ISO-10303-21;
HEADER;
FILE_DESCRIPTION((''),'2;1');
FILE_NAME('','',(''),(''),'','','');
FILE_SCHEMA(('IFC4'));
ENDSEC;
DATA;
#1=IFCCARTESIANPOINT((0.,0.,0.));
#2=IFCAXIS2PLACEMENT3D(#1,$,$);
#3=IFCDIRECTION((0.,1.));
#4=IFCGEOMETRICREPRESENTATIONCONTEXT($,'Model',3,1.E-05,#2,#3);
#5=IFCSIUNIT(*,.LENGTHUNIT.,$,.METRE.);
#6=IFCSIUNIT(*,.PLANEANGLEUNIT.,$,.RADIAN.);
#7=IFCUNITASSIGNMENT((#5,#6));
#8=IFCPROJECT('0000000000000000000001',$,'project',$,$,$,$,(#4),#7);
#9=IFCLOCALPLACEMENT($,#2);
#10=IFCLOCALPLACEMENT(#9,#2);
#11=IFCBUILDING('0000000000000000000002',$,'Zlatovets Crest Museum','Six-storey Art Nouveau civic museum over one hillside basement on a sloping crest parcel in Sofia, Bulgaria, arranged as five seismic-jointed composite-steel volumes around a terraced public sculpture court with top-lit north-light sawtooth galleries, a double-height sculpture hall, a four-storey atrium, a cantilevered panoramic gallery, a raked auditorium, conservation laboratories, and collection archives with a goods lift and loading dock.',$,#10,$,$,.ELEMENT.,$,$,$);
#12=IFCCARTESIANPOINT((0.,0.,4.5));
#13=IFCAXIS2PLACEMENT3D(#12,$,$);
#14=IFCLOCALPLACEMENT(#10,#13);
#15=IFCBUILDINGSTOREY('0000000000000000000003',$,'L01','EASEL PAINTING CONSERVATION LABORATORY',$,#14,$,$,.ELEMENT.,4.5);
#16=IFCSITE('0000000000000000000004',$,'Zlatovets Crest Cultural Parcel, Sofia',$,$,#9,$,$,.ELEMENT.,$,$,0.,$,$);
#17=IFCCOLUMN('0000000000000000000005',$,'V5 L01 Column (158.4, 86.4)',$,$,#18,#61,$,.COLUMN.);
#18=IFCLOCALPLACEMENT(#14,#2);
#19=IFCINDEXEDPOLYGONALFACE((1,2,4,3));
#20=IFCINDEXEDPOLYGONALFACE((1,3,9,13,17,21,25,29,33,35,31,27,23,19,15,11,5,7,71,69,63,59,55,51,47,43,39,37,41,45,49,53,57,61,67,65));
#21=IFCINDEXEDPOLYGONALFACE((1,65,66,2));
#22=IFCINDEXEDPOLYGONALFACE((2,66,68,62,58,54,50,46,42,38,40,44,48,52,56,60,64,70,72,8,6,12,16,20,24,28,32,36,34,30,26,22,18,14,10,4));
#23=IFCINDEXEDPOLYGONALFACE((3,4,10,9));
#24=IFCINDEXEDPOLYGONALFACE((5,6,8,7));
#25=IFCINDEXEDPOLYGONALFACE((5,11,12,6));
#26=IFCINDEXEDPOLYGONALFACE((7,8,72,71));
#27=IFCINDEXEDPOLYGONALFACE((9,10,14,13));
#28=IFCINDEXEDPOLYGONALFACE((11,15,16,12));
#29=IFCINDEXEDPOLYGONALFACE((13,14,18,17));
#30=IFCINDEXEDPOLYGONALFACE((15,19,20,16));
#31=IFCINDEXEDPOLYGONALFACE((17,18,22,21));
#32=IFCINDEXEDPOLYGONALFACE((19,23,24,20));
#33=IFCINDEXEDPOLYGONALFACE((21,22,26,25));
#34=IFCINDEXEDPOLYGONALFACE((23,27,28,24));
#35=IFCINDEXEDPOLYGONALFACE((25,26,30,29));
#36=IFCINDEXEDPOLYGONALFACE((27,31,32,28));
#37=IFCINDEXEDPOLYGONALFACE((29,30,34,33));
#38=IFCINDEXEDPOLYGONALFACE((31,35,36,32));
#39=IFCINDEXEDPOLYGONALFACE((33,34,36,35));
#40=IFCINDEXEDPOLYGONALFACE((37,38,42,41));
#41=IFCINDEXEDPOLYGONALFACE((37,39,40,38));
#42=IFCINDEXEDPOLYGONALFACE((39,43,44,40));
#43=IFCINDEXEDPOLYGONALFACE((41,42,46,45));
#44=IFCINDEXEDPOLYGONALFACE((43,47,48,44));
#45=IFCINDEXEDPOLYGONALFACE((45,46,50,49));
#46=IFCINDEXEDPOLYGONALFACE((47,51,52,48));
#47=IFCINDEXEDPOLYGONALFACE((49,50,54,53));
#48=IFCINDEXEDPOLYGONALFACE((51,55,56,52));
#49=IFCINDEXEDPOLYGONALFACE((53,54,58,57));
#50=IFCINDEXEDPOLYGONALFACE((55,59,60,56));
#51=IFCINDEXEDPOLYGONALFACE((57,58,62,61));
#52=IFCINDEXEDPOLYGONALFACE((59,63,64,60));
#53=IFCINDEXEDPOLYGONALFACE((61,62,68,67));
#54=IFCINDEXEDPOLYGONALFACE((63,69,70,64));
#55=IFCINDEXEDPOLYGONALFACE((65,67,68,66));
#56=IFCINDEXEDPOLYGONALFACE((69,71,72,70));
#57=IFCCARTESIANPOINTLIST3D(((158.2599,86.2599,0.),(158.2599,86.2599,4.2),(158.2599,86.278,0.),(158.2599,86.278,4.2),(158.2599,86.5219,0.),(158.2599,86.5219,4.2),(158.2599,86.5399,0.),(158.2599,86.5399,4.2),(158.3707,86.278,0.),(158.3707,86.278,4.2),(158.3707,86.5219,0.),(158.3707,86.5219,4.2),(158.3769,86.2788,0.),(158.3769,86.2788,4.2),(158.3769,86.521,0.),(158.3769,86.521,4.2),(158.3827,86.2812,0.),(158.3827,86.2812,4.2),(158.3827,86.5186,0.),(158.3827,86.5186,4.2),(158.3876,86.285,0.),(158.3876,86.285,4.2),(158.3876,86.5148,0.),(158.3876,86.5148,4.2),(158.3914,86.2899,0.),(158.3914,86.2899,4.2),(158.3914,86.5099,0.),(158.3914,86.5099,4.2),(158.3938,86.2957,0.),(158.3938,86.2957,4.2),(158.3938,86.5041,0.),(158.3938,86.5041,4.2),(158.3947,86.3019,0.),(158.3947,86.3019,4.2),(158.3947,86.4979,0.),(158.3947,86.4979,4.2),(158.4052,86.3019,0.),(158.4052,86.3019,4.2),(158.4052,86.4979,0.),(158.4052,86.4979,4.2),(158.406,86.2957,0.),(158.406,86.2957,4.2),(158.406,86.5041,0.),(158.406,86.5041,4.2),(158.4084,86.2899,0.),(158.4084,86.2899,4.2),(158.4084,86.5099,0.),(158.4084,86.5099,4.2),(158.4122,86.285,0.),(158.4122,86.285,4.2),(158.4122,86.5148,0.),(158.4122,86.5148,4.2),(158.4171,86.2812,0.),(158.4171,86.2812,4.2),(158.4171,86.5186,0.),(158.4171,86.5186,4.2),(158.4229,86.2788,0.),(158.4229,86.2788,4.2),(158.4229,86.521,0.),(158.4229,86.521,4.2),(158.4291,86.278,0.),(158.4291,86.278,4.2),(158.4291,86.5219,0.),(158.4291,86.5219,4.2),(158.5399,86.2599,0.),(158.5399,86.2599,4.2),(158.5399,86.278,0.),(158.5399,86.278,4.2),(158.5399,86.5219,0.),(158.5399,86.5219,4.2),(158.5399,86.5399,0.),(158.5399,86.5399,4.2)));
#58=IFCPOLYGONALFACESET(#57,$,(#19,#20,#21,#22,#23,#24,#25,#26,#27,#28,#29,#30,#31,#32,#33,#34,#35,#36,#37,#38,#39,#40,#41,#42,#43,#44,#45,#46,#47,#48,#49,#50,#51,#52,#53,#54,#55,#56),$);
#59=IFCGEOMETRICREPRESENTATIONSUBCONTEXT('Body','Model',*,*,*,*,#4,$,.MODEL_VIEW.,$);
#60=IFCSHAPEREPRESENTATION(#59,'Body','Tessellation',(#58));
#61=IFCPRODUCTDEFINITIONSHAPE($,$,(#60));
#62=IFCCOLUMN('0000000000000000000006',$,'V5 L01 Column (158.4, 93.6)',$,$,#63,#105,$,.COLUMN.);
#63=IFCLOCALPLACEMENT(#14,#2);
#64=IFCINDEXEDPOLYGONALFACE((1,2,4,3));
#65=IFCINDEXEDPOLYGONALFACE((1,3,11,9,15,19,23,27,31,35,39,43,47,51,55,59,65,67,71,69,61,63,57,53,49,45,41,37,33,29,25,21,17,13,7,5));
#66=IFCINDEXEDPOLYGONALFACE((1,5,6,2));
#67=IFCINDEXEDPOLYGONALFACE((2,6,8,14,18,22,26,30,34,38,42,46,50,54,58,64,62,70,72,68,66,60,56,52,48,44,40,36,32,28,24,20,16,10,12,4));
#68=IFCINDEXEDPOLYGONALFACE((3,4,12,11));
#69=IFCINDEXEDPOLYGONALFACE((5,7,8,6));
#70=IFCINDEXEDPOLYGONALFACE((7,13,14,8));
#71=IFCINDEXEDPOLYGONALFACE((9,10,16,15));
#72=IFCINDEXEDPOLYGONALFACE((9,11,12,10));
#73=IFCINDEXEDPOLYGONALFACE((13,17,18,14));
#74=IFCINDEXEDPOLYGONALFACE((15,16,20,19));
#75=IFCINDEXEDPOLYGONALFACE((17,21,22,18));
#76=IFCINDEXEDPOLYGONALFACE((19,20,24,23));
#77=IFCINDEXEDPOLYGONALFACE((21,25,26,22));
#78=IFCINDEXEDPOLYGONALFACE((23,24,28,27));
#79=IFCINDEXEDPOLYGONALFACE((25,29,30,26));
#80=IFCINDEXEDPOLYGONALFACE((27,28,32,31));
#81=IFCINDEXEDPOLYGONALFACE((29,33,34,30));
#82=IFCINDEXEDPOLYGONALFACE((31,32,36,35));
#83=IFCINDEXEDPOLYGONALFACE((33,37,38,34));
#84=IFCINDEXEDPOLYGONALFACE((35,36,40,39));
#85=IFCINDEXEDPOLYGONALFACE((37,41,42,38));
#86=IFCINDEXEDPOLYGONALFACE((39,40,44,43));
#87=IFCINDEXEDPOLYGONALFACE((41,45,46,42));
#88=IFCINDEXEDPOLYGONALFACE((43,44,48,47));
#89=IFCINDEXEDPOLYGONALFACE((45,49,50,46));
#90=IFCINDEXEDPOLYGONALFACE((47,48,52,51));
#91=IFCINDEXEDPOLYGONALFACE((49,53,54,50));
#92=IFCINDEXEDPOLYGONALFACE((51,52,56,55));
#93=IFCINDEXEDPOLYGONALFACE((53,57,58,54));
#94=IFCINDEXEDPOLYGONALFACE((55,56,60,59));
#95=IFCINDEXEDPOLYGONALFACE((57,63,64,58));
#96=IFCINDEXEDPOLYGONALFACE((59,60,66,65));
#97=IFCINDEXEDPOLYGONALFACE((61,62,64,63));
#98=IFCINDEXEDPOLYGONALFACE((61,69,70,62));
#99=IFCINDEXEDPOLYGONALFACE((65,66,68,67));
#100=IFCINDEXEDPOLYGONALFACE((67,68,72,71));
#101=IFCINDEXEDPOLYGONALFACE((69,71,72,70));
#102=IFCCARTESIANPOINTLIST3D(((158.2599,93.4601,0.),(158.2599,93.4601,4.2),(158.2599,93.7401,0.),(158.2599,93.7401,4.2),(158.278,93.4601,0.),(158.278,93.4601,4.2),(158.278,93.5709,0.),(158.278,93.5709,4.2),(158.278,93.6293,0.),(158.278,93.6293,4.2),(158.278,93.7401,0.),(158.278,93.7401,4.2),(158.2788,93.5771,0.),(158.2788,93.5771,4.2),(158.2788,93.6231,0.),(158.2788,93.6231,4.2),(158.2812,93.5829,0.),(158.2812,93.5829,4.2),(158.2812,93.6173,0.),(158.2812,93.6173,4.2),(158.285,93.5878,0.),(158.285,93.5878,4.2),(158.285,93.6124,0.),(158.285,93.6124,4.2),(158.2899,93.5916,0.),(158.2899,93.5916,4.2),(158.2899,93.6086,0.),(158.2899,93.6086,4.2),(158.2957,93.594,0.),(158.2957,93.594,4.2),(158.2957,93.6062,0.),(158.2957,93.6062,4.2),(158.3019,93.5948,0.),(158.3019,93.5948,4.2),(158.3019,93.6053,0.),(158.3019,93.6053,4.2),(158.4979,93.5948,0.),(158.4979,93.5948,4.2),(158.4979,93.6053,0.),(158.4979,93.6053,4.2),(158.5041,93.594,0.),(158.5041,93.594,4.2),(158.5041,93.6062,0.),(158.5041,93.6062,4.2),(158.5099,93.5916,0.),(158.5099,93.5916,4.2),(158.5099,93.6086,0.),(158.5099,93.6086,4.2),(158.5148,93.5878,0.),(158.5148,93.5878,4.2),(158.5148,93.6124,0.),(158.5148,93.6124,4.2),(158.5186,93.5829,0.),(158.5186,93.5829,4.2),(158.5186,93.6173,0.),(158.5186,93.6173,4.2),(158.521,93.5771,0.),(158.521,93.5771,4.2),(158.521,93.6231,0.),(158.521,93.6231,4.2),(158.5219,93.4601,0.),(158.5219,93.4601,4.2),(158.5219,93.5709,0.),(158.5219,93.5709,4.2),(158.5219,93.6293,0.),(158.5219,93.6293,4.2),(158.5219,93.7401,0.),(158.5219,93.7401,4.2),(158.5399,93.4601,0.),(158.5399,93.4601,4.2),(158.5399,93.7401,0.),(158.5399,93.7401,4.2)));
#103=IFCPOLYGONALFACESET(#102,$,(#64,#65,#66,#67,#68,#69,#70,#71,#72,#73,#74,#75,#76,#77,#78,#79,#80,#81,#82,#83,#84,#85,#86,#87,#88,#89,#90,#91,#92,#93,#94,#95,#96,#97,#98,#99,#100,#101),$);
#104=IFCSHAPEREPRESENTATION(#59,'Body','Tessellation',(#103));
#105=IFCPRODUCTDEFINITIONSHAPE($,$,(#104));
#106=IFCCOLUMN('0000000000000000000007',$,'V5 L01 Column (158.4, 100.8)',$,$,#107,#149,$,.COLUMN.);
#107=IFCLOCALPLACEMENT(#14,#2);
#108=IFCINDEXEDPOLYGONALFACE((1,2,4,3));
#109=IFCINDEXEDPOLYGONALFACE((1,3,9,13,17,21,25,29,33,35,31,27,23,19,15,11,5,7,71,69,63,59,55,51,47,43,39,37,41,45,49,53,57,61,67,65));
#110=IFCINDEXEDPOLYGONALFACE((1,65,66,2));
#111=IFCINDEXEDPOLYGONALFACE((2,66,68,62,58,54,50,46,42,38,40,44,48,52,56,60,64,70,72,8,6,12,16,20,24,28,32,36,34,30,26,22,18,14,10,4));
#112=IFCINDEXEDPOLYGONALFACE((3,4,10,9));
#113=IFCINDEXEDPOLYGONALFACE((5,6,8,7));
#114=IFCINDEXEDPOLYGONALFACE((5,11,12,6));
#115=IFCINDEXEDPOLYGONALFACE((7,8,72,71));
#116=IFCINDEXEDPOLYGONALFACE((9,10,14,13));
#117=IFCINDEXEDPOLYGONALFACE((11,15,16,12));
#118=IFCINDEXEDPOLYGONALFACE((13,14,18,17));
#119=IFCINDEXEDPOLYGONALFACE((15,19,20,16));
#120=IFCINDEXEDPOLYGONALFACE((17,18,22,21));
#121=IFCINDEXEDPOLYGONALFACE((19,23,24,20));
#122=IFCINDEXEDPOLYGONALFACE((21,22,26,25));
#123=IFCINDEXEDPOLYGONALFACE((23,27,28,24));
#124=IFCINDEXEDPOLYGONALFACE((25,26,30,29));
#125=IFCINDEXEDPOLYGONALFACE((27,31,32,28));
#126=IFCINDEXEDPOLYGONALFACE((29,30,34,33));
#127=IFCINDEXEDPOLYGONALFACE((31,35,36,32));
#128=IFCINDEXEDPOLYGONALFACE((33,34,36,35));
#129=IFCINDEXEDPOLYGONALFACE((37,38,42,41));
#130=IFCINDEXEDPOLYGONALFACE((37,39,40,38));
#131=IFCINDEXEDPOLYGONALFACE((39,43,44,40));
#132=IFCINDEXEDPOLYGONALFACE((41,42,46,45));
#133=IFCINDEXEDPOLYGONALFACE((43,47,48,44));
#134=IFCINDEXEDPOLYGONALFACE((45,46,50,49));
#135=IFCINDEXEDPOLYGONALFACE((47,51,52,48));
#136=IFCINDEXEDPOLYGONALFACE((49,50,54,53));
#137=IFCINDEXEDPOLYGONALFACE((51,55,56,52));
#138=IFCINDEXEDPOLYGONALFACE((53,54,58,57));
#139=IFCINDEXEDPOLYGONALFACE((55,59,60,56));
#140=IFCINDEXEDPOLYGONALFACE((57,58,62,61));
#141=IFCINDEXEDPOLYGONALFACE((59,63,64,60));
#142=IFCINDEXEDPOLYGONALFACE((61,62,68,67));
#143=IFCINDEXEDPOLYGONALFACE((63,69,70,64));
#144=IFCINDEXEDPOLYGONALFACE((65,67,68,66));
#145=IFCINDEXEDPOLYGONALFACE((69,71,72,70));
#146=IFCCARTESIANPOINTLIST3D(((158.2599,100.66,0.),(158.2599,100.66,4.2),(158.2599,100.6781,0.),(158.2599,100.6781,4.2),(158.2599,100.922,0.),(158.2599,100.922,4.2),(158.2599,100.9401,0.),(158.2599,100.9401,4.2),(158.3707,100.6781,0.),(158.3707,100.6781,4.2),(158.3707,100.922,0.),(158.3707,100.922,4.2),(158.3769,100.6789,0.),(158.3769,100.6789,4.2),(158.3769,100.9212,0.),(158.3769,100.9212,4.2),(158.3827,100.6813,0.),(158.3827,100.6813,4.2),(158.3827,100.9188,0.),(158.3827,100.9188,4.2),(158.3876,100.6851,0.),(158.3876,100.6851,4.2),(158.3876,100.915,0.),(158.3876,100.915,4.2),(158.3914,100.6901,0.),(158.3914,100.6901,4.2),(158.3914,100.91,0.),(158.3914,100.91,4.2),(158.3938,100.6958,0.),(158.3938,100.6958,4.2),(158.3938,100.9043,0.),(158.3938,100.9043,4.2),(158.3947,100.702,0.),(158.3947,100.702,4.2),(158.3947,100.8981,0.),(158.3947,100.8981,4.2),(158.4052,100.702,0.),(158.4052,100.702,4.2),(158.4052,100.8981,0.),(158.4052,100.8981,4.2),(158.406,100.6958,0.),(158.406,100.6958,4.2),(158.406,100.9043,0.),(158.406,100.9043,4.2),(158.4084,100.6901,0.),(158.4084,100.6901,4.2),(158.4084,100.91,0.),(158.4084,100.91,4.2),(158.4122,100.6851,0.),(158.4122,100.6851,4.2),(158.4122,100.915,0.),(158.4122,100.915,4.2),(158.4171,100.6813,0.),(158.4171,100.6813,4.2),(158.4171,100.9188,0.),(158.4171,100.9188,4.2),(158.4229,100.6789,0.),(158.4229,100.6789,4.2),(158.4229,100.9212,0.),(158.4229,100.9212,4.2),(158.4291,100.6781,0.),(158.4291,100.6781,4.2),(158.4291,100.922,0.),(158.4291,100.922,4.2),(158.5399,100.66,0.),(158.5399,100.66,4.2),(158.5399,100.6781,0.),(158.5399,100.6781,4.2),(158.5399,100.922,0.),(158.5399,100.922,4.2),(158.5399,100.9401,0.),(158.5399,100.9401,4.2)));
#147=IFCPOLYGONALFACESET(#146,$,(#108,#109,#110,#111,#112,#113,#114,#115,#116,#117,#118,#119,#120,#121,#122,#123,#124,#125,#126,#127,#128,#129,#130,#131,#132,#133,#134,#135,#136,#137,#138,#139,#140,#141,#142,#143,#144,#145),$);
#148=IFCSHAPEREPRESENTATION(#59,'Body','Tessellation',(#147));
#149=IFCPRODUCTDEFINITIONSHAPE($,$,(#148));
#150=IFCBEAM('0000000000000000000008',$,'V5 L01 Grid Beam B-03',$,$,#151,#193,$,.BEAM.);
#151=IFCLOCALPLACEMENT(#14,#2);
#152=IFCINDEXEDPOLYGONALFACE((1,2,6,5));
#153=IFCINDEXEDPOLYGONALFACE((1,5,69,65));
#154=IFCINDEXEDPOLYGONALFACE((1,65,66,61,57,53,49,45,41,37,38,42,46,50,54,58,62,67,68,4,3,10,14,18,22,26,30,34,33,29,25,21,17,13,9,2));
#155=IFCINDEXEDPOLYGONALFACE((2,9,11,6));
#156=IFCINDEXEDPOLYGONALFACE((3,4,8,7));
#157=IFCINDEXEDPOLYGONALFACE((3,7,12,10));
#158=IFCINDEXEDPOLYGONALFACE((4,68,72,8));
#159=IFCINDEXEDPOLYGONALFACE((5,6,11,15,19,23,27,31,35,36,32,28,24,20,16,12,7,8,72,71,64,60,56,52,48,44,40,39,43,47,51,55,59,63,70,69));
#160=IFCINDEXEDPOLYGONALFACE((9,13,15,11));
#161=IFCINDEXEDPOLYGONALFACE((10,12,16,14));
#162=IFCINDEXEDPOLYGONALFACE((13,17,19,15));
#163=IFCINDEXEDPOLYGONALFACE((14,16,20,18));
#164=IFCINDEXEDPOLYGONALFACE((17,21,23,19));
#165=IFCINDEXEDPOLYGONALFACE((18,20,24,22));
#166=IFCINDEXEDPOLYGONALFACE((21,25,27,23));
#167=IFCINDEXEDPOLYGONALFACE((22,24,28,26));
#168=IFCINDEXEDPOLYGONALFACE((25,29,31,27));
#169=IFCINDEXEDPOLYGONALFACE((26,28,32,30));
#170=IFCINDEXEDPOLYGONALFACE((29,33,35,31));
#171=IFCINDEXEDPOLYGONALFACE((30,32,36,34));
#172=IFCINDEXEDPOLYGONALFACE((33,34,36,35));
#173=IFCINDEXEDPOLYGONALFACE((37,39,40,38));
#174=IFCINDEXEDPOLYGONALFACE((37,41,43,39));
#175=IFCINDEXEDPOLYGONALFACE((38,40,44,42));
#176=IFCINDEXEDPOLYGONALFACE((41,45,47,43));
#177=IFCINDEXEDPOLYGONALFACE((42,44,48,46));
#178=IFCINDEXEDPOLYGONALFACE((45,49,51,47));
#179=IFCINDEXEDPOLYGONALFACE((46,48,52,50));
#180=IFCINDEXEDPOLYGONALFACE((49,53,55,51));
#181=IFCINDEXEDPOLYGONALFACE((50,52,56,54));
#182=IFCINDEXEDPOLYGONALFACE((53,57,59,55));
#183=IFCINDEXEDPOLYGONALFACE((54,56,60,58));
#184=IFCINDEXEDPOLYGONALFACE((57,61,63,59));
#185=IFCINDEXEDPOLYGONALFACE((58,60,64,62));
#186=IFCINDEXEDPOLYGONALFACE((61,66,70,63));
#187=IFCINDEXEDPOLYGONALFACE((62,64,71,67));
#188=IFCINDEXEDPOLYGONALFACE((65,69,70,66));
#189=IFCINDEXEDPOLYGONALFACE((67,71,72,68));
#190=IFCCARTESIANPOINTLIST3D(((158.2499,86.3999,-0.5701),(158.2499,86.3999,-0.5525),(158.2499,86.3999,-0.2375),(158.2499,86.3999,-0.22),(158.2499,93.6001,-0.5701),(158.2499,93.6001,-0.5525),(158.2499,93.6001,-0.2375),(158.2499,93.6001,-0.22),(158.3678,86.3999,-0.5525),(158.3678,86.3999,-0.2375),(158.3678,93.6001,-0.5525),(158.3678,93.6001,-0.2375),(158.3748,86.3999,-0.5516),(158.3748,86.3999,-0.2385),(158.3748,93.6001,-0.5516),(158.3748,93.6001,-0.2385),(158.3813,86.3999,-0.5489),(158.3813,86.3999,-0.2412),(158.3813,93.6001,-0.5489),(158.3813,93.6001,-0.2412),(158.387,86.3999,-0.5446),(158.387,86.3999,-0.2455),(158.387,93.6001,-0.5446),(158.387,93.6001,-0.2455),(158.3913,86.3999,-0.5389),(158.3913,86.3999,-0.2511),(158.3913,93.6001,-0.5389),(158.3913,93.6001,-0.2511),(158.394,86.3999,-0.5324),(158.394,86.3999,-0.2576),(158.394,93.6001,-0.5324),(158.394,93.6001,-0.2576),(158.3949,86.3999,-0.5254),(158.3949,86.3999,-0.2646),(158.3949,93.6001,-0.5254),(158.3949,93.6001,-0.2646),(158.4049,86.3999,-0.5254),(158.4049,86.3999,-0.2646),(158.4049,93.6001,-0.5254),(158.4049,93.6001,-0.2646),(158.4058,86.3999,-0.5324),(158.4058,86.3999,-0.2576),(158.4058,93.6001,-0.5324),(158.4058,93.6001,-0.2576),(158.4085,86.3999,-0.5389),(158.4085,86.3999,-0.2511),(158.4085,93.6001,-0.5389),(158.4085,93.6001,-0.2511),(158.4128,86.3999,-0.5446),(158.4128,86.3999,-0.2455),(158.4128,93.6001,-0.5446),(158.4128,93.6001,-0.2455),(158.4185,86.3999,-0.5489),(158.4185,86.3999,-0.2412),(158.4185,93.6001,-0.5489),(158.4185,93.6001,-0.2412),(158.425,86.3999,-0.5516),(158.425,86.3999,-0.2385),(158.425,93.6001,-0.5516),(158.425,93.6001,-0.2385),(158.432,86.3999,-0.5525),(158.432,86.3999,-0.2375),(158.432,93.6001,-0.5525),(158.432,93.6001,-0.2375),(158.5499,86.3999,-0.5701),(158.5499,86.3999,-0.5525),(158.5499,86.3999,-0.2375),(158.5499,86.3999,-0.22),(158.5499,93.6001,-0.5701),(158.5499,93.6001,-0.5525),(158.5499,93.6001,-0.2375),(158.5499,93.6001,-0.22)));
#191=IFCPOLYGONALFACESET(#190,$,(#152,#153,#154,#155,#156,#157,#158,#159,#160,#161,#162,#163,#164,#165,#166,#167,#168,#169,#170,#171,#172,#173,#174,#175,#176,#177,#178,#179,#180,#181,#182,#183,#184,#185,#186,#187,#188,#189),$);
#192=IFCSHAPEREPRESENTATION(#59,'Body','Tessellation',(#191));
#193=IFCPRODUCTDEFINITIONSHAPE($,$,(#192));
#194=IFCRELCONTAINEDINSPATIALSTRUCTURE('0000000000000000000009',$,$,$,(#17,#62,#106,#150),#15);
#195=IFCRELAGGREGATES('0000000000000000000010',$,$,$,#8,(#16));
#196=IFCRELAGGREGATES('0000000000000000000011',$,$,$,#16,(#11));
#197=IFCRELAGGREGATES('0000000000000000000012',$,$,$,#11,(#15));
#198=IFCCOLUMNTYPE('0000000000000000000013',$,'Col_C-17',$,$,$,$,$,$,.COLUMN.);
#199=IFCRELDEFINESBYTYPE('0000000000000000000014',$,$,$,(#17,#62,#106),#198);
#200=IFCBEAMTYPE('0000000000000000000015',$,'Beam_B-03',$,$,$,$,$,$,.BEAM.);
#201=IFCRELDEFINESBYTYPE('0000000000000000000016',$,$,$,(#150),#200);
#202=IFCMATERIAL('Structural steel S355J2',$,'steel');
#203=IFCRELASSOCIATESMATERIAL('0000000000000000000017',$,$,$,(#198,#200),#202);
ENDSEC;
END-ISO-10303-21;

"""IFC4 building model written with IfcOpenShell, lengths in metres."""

from ifc_helpers import new_model, si_unit, direction, frame, origin, origin_2d, place, context, subcontext, project, spatial, i_section, extrude, material, material_profile, profile_set, type_object, element, save


model = new_model("IFC4")

# Units and contexts
model_context = context("Model", 3, precision=1e-05, world=origin(), true_north=direction((0.0, 1.0)))
body_context = subcontext(model_context, "Body", "Model", "MODEL_VIEW")
ifc_project = project(units=[si_unit("LENGTHUNIT", "METRE"), si_unit("PLANEANGLEUNIT", "RADIAN")], contexts=[model_context])

# Site, building, storey
site_placement = place(None, origin())
site = spatial("IfcSite", under=ifc_project, at=site_placement, Name="Zlatovets Crest Cultural Parcel, Sofia", CompositionType="ELEMENT", RefElevation=0.0)
building_placement = place(site_placement, origin())
building = spatial("IfcBuilding", under=site, at=building_placement, Name="Zlatovets Crest Museum", Description="Six-storey Art Nouveau civic museum over one hillside basement on a sloping crest parcel in Sofia, Bulgaria, arranged as five seismic-jointed composite-steel volumes around a terraced public sculpture court with top-lit north-light sawtooth galleries, a double-height sculpture hall, a four-storey atrium, a cantilevered panoramic gallery, a raked auditorium, conservation laboratories, and collection archives with a goods lift and loading dock.", CompositionType="ELEMENT")
storey_placement = place(building_placement, frame((0.0, 0.0, 4.5)))
storey = spatial("IfcBuildingStorey", under=building, at=storey_placement, Name="L01", Description="EASEL PAINTING CONSERVATION LABORATORY", CompositionType="ELEMENT", Elevation=4.5)

# Columns
ifc_material_1 = material(Name="Structural steel S355J2", Category="steel")
ifc_material_profile_1 = material_profile(ifc_material_1, i_section(OverallWidth=0.28, OverallDepth=0.28, WebThickness=0.0105, FlangeThickness=0.0181, FilletRadius=0.0239, at=origin_2d()), Name="HEB 280")
ifc_profile_set_1 = profile_set([ifc_material_profile_1], Name="Structural steel S355J2")
column_type = type_object("IfcColumnType", Name="Col_C-17", PredefinedType="COLUMN", material=ifc_profile_set_1)
for number, where, z_axis, x_axis, name in (
    (1, (158.3999, 86.3999, 0.0), (0.0, 0.0, 1.0), (1.0, 0.0, 0.0), "V5 L01 Column (158.4, 86.4)"),
    (2, (158.3999, 93.6001, 0.0), (0.0, 0.0, 1.0), (0.0, 1.0, 0.0), "V5 L01 Column (158.4, 93.6)"),
    (3, (158.3999, 100.8, 0.0), (0.0, 0.0, 1.0), (1.0, 0.0, 0.0), "V5 L01 Column (158.4, 100.8)"),
):
    element("IfcColumn", number, at=place(storey_placement, frame(where, z_axis=z_axis, x_axis=x_axis)), inside=storey, type_object=column_type, Name=name, PredefinedType="COLUMN", context=body_context, shape_type="SweptSolid", body=[
        extrude(i_section(OverallWidth=0.28, OverallDepth=0.28, WebThickness=0.0105, FlangeThickness=0.0181, FilletRadius=0.0239, at=origin_2d()), origin(), (0.0, 0.0, 1.0), 4.2),
    ])

# Beam
ifc_material_profile_2 = material_profile(ifc_material_1, i_section(OverallWidth=0.3, OverallDepth=0.3501, WebThickness=0.01, FlangeThickness=0.0176, FilletRadius=0.0271, at=origin_2d()), Name="HEA 360")
ifc_profile_set_2 = profile_set([ifc_material_profile_2], Name="Structural steel S355J2")
beam_type_1 = type_object("IfcBeamType", Name="Beam_B-03", PredefinedType="BEAM", material=ifc_profile_set_2)
beam_1_placement = place(storey_placement, frame((158.3999, 86.3999, -0.395), z_axis=(0.0, 1.0, 0.0), x_axis=(-1.0, 0.0, 0.0)))
element("IfcBeam", 4, at=beam_1_placement, inside=storey, type_object=beam_type_1, Name="V5 L01 Grid Beam B-03", PredefinedType="BEAM", context=body_context, shape_type="SweptSolid", body=[
    extrude(i_section(OverallWidth=0.3, OverallDepth=0.3501, WebThickness=0.01, FlangeThickness=0.0176, FilletRadius=0.0271, at=origin_2d()), origin(), (0.0, 0.0, 1.0), 7.2002),
])

save(model, "model.ifc")
